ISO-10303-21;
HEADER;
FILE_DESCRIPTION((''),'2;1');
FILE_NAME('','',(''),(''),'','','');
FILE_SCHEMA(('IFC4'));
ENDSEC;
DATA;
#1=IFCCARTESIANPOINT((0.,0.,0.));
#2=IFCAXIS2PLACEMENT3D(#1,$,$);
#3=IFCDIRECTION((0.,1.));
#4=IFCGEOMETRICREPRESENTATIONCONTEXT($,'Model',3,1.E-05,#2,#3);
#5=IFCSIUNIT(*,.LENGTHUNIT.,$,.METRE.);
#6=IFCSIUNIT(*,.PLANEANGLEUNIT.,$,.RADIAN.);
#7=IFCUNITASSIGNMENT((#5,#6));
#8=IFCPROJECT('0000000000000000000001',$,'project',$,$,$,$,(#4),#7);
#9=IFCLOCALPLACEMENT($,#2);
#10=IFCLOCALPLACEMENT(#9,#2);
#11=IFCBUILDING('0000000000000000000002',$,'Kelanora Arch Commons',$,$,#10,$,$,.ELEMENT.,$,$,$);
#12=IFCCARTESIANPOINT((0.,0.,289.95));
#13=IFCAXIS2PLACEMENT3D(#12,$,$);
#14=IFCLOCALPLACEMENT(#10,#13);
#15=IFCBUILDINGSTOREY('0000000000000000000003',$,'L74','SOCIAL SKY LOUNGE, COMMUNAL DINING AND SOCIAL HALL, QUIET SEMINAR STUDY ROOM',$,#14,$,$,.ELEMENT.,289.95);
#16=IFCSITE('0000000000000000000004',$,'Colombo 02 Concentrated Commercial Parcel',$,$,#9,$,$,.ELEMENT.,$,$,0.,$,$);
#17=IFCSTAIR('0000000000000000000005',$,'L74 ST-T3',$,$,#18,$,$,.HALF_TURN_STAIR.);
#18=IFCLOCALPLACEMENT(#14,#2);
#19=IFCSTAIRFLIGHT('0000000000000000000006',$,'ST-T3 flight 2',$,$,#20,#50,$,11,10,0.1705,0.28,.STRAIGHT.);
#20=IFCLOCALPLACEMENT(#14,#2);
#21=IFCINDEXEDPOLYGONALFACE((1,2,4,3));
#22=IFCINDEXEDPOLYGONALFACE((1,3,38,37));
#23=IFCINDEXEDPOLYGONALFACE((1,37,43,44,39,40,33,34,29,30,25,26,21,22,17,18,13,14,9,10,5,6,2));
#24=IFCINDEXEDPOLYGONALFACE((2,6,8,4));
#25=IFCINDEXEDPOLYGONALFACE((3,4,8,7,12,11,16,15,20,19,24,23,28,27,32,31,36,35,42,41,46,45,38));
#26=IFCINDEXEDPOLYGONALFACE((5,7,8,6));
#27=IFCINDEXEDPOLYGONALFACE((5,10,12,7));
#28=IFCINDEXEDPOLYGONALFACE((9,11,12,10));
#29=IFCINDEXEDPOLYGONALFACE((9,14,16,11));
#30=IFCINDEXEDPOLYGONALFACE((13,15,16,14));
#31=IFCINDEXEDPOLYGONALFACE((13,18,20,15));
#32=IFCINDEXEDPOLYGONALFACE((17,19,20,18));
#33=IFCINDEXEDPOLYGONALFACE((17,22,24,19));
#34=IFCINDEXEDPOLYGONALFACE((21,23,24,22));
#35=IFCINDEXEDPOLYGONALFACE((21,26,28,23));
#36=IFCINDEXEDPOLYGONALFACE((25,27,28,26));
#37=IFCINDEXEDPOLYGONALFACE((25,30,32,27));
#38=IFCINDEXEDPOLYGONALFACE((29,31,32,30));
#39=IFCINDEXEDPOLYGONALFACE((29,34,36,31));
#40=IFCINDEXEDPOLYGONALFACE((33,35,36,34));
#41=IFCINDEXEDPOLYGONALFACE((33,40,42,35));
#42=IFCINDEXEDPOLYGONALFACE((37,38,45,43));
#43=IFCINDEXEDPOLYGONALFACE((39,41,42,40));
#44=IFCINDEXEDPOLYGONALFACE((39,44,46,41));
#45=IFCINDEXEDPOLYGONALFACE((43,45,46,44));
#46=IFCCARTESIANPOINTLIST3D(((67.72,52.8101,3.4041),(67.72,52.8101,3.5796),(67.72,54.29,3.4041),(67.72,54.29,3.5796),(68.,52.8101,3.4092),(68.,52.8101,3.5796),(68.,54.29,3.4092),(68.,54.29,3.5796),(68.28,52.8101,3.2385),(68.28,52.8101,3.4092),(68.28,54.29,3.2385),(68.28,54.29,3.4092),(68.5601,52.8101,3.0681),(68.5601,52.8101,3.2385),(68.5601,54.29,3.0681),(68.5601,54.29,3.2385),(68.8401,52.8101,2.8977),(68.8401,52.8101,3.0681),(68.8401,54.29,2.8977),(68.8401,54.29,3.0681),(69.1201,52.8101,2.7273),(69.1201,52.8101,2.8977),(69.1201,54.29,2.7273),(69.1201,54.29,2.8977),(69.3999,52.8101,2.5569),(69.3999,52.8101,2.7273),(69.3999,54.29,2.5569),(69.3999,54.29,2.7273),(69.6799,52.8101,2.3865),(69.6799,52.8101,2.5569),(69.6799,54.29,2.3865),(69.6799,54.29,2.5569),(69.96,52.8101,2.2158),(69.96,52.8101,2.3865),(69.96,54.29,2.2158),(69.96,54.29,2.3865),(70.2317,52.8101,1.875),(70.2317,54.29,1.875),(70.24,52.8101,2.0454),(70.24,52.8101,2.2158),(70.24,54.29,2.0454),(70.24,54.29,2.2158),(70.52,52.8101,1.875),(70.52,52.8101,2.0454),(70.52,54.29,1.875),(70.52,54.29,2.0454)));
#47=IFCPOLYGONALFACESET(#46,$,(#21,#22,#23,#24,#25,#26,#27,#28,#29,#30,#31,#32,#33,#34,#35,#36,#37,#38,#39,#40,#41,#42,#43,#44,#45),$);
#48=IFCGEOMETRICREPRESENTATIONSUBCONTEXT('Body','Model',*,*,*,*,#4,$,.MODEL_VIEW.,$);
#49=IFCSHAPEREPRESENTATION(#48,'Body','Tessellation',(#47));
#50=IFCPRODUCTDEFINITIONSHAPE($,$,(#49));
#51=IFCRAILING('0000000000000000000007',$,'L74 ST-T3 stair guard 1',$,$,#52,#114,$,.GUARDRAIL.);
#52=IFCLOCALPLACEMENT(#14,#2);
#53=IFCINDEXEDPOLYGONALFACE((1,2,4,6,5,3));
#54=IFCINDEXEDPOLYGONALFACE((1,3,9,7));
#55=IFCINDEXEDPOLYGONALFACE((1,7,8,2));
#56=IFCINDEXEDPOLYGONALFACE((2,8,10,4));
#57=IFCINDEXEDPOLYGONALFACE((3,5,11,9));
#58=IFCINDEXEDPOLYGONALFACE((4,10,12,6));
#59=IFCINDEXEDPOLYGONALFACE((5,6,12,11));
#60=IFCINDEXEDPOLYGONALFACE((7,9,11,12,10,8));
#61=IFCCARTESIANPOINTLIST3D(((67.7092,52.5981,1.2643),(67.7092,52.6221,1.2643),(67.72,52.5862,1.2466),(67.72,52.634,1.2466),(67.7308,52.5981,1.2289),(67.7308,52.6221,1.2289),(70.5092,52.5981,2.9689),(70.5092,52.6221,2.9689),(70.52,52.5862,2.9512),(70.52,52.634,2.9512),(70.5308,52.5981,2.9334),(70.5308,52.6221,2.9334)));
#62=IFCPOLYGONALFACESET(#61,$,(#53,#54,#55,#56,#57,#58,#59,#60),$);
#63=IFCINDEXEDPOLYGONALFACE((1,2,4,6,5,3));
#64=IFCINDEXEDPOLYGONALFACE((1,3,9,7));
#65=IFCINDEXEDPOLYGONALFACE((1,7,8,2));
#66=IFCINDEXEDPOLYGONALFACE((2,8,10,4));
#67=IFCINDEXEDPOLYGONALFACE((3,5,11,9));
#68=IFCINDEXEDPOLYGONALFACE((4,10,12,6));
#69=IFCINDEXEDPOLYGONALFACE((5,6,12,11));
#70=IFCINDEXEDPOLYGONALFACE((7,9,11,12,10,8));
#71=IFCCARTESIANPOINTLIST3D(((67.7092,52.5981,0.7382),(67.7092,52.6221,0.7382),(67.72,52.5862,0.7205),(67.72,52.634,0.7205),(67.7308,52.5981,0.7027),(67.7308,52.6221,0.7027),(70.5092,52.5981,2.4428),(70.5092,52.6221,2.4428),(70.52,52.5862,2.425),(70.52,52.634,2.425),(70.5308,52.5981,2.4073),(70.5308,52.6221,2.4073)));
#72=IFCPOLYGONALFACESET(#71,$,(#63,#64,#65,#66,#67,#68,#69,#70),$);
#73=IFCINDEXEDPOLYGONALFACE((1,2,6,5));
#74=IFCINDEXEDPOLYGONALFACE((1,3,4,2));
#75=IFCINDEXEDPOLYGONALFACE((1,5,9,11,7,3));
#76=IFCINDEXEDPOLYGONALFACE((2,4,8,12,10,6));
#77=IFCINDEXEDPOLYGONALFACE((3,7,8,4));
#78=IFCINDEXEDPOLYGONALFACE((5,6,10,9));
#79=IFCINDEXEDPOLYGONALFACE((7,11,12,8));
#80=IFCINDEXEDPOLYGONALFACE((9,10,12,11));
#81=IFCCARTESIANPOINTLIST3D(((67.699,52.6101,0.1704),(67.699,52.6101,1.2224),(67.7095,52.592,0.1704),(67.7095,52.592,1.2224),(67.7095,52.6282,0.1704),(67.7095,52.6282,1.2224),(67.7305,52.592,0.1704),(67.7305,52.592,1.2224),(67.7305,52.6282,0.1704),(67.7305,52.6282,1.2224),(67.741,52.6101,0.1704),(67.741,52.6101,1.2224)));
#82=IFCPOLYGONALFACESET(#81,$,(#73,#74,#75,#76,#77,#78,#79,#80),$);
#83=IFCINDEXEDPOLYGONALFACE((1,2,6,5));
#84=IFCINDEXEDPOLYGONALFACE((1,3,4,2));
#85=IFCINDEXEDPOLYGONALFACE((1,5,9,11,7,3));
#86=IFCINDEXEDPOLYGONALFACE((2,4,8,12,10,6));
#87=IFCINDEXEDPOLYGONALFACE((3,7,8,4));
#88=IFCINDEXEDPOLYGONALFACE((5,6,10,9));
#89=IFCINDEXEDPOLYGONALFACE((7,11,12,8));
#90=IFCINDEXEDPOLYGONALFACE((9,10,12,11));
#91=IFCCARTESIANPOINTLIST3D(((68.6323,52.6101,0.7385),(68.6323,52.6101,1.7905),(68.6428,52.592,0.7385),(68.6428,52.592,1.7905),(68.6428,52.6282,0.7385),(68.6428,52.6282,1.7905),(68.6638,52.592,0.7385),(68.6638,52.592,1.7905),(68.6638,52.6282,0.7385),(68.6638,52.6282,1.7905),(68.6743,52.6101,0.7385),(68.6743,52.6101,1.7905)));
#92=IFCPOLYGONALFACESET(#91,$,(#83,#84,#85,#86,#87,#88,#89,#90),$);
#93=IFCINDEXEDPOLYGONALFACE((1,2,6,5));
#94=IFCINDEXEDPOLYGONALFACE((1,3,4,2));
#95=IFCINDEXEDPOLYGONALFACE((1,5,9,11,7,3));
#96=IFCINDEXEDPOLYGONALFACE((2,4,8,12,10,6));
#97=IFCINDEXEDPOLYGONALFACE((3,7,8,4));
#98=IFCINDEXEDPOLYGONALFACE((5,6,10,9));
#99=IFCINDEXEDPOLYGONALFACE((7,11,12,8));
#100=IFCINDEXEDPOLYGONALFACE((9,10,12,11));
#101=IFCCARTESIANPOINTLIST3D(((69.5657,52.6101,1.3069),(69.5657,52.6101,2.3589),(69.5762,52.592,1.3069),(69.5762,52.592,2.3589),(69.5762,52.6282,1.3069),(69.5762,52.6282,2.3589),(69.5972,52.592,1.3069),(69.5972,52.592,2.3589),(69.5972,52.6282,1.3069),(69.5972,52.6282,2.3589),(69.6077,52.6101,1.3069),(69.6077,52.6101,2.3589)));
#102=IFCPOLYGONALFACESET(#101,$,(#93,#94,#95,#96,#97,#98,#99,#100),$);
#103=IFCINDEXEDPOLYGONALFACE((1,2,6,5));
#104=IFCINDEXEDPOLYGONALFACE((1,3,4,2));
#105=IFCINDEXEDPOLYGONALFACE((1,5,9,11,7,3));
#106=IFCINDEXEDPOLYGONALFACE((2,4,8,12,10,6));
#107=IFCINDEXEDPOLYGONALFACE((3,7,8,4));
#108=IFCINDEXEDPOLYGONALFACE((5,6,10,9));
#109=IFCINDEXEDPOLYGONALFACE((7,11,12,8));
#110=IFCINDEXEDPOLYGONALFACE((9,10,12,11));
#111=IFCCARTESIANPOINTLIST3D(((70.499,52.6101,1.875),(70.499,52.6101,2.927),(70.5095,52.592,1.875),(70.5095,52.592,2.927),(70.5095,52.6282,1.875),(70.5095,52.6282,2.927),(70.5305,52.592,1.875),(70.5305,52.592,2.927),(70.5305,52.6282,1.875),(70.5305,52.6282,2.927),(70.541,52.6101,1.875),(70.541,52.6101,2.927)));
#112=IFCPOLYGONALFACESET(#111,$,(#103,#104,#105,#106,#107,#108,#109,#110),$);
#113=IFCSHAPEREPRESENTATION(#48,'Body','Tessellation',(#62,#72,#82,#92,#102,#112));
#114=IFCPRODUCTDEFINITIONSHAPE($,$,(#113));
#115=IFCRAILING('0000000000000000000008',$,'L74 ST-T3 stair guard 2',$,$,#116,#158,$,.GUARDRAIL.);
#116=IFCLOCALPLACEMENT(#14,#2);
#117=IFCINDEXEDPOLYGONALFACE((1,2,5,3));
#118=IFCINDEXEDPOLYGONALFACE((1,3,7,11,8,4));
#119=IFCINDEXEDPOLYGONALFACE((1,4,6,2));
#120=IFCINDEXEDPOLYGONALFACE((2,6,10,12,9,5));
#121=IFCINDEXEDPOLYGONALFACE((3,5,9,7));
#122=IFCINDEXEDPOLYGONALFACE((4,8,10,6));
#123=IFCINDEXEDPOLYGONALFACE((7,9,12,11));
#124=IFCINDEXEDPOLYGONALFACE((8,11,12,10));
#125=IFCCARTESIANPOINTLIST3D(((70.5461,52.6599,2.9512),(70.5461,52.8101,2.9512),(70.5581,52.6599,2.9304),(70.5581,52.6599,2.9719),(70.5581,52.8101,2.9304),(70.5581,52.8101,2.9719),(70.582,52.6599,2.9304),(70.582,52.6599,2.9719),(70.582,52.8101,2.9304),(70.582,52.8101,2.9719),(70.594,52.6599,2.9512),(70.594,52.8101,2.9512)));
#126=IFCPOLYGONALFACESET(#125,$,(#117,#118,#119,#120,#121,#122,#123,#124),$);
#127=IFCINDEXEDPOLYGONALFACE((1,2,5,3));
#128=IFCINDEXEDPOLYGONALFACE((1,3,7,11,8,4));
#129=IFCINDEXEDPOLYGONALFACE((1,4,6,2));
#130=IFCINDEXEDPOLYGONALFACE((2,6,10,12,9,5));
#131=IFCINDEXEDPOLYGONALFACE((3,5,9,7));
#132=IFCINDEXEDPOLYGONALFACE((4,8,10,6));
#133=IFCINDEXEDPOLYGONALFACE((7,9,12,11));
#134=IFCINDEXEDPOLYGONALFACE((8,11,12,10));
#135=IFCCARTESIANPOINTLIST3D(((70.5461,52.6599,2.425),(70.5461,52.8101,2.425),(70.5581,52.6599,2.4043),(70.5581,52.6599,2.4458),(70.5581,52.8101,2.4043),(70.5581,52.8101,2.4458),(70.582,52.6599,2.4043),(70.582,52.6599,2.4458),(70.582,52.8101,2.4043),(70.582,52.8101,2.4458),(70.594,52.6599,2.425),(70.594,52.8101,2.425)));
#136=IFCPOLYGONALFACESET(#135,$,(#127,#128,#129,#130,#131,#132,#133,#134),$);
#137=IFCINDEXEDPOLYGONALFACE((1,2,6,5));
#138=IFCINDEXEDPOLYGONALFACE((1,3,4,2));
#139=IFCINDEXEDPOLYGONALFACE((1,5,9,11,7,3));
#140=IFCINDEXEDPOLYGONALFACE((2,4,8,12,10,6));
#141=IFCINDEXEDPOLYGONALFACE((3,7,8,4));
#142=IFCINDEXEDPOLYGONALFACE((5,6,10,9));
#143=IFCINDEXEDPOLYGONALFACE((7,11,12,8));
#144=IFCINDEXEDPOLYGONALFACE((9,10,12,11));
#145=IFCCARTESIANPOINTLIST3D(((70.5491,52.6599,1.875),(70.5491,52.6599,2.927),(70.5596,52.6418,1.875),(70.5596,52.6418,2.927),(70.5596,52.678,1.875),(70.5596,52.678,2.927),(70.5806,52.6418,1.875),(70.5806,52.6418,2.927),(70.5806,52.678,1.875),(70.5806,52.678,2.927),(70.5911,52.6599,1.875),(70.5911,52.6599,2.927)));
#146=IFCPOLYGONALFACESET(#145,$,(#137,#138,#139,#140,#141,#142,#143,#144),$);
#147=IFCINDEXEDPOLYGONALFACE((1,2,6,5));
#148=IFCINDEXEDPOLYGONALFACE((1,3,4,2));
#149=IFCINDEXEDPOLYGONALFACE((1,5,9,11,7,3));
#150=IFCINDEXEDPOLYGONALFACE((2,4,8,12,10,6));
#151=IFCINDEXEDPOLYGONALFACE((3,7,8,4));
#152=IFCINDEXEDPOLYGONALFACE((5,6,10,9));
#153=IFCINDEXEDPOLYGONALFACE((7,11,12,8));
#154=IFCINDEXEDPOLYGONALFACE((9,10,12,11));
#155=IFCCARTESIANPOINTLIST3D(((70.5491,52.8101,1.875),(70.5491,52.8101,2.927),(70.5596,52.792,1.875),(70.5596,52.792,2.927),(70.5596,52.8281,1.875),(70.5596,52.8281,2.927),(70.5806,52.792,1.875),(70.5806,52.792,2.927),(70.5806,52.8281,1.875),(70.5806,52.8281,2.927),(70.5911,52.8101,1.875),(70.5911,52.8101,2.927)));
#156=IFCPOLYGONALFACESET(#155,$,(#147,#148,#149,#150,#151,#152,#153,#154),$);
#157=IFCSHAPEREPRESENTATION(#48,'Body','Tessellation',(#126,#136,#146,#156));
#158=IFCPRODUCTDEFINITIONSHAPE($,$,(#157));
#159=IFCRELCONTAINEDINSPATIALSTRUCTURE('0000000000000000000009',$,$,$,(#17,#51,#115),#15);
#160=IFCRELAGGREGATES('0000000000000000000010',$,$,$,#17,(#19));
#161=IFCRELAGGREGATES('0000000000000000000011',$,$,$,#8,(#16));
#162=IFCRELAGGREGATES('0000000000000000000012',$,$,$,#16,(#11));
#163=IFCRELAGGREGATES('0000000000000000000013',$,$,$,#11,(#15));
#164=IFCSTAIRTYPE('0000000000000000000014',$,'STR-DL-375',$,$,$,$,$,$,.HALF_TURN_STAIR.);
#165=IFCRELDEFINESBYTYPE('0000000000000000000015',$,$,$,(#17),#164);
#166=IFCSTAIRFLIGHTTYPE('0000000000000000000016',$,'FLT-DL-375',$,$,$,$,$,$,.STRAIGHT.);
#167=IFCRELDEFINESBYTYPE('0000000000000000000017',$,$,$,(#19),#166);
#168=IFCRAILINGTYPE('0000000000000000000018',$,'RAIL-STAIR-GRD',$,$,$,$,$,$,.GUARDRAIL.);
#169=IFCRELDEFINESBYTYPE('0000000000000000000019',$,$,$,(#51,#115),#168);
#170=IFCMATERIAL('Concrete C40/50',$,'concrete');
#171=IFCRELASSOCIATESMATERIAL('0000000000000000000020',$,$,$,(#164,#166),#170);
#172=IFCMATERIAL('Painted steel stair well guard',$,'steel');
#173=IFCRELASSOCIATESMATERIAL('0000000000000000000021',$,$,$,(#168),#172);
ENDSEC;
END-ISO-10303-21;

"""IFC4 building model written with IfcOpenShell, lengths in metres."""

from ifc_helpers import new_model, si_unit, direction, frame, origin, place, context, subcontext, project, spatial, polyline, outline, extrude, material, type_object, element, aggregate, save


model = new_model("IFC4")

# Units and contexts
model_context = context("Model", 3, precision=1e-05, world=origin(), true_north=direction((0.0, 1.0)))
body_context = subcontext(model_context, "Body", "Model", "MODEL_VIEW")
ifc_project = project(units=[si_unit("LENGTHUNIT", "METRE"), si_unit("PLANEANGLEUNIT", "RADIAN")], contexts=[model_context])

# Site, building, storey
site_placement = place(None, origin())
site = spatial("IfcSite", under=ifc_project, at=site_placement, Name="Colombo 02 Concentrated Commercial Parcel", CompositionType="ELEMENT", RefElevation=0.0)
building_placement = place(site_placement, origin())
building = spatial("IfcBuilding", under=site, at=building_placement, Name="Kelanora Arch Commons", CompositionType="ELEMENT")
storey_placement = place(building_placement, frame((0.0, 0.0, 289.95)))
storey = spatial("IfcBuildingStorey", under=building, at=storey_placement, Name="L74", Description="SOCIAL SKY LOUNGE, COMMUNAL DINING AND SOCIAL HALL, QUIET SEMINAR STUDY ROOM", CompositionType="ELEMENT", Elevation=289.95)

# Shared definitions
ifc_material_1 = material(Name="Concrete C40/50", Category="concrete")

# Stair, stair flight
stair_type = type_object("IfcStairType", Name="STR-DL-375", PredefinedType="HALF_TURN_STAIR", material=ifc_material_1)
stair_placement = place(storey_placement, origin())
stair = element("IfcStair", 1, at=stair_placement, inside=storey, type_object=stair_type, Name="L74 ST-T3", PredefinedType="HALF_TURN_STAIR")
stair_flight_type = type_object("IfcStairFlightType", Name="FLT-DL-375", PredefinedType="STRAIGHT", material=ifc_material_1)
stair_flight_1_placement = place(storey_placement, frame((70.52, 53.55, 1.875), z_axis=(0.0, 0.0, 1.0), x_axis=(-1.0, 0.0, 0.0)))
stair_flight_1 = element("IfcStairFlight", 2, at=stair_flight_1_placement, type_object=stair_flight_type, Name="ST-T3 flight 2", NumberOfRisers=11, NumberOfTreads=10, PredefinedType="STRAIGHT", RiserHeight=0.1705, TreadLength=0.28, context=body_context, shape_type="SweptSolid", body=[
    extrude(outline(polyline([(0.0, 0.0), (0.0, 0.1704), (0.28, 0.1704), (0.28, 0.3408), (0.5601, 0.3408), (0.5601, 0.5115), (0.8401, 0.5115), (0.8401, 0.6819), (1.1201, 0.6819), (1.1201, 0.8523), (1.3999, 0.8523), (1.3999, 1.0227), (1.6799, 1.0227), (1.6799, 1.1931), (1.96, 1.1931), (1.96, 1.3635), (2.24, 1.3635), (2.24, 1.5342), (2.52, 1.5342), (2.52, 1.7046), (2.8, 1.7046), (2.8, 1.875), (2.8, 1.5291), (0.2883, 0.0), (0.0, 0.0)])), frame((0.0, 0.74, 0.0), z_axis=(0.0, -1.0, 0.0), x_axis=(1.0, 0.0, 0.0)), (0.0, 0.0, 1.0), 1.48),
])
aggregate(stair, [stair_flight_1])

# Railings
ifc_material_2 = material(Name="Painted steel stair well guard", Category="steel")
railing_type_1 = type_object("IfcRailingType", Name="RAIL-STAIR-GRD", PredefinedType="GUARDRAIL", material=ifc_material_2)
railing_1_placement = place(storey_placement, frame((67.72, 52.6101, 0.1704)))
element("IfcRailing", 3, at=railing_1_placement, inside=storey, type_object=railing_type_1, Name="L74 ST-T3 stair guard 1", PredefinedType="GUARDRAIL", context=body_context, shape_type="SweptSolid", body=[
    extrude(outline(polyline([(0.0239, 0.0), (0.012, 0.0208), (-0.012, 0.0208), (-0.0239, 0.0), (-0.012, -0.0208), (0.012, -0.0208), (0.0239, 0.0)])), frame((0.0, 0.0, 1.0762), z_axis=(0.85417, 0.0, 0.519994), x_axis=(0.0, 1.0, 0.0)), (0.0, 0.0, 1.0), 3.2781),
    extrude(outline(polyline([(0.0239, 0.0), (0.012, 0.0208), (-0.012, 0.0208), (-0.0239, 0.0), (-0.012, -0.0208), (0.012, -0.0208), (0.0239, 0.0)])), frame((0.0, 0.0, 0.55), z_axis=(0.85417, 0.0, 0.519994), x_axis=(0.0, 1.0, 0.0)), (0.0, 0.0, 1.0), 3.2781),
    extrude(outline(polyline([(0.021, 0.0), (0.0105, 0.0181), (-0.0105, 0.0181), (-0.021, 0.0), (-0.0105, -0.0181), (0.0105, -0.0181), (0.021, 0.0)])), origin(), (0.0, 0.0, 1.0), 1.052),
    extrude(outline(polyline([(0.021, 0.0), (0.0105, 0.0181), (-0.0105, 0.0181), (-0.021, 0.0), (-0.0105, -0.0181), (0.0105, -0.0181), (0.021, 0.0)])), frame((0.9333, 0.0, 0.5681)), (0.0, 0.0, 1.0), 1.052),
    extrude(outline(polyline([(0.021, 0.0), (0.0105, 0.0181), (-0.0105, 0.0181), (-0.021, 0.0), (-0.0105, -0.0181), (0.0105, -0.0181), (0.021, 0.0)])), frame((1.8667, 0.0, 1.1365)), (0.0, 0.0, 1.0), 1.052),
    extrude(outline(polyline([(0.021, 0.0), (0.0105, 0.0181), (-0.0105, 0.0181), (-0.021, 0.0), (-0.0105, -0.0181), (0.0105, -0.0181), (0.021, 0.0)])), frame((2.8, 0.0, 1.7046)), (0.0, 0.0, 1.0), 1.052),
])
railing_2_placement = place(storey_placement, frame((70.5701, 52.6599, 1.875)))
element("IfcRailing", 4, at=railing_2_placement, inside=storey, type_object=railing_type_1, Name="L74 ST-T3 stair guard 2", PredefinedType="GUARDRAIL", context=body_context, shape_type="SweptSolid", body=[
    extrude(outline(polyline([(0.0239, 0.0), (0.012, 0.0208), (-0.012, 0.0208), (-0.0239, 0.0), (-0.012, -0.0208), (0.012, -0.0208), (0.0239, 0.0)])), frame((0.0, 0.0, 1.0762), z_axis=(0.0, 1.0, 0.0), x_axis=(-1.0, 0.0, 0.0)), (0.0, 0.0, 1.0), 0.1501),
    extrude(outline(polyline([(0.0239, 0.0), (0.012, 0.0208), (-0.012, 0.0208), (-0.0239, 0.0), (-0.012, -0.0208), (0.012, -0.0208), (0.0239, 0.0)])), frame((0.0, 0.0, 0.55), z_axis=(0.0, 1.0, 0.0), x_axis=(-1.0, 0.0, 0.0)), (0.0, 0.0, 1.0), 0.1501),
    extrude(outline(polyline([(0.021, 0.0), (0.0105, 0.0181), (-0.0105, 0.0181), (-0.021, 0.0), (-0.0105, -0.0181), (0.0105, -0.0181), (0.021, 0.0)])), origin(), (0.0, 0.0, 1.0), 1.052),
    extrude(outline(polyline([(0.021, 0.0), (0.0105, 0.0181), (-0.0105, 0.0181), (-0.021, 0.0), (-0.0105, -0.0181), (0.0105, -0.0181), (0.021, 0.0)])), frame((0.0, 0.1501, 0.0)), (0.0, 0.0, 1.0), 1.052),
])

save(model, "model.ifc")
